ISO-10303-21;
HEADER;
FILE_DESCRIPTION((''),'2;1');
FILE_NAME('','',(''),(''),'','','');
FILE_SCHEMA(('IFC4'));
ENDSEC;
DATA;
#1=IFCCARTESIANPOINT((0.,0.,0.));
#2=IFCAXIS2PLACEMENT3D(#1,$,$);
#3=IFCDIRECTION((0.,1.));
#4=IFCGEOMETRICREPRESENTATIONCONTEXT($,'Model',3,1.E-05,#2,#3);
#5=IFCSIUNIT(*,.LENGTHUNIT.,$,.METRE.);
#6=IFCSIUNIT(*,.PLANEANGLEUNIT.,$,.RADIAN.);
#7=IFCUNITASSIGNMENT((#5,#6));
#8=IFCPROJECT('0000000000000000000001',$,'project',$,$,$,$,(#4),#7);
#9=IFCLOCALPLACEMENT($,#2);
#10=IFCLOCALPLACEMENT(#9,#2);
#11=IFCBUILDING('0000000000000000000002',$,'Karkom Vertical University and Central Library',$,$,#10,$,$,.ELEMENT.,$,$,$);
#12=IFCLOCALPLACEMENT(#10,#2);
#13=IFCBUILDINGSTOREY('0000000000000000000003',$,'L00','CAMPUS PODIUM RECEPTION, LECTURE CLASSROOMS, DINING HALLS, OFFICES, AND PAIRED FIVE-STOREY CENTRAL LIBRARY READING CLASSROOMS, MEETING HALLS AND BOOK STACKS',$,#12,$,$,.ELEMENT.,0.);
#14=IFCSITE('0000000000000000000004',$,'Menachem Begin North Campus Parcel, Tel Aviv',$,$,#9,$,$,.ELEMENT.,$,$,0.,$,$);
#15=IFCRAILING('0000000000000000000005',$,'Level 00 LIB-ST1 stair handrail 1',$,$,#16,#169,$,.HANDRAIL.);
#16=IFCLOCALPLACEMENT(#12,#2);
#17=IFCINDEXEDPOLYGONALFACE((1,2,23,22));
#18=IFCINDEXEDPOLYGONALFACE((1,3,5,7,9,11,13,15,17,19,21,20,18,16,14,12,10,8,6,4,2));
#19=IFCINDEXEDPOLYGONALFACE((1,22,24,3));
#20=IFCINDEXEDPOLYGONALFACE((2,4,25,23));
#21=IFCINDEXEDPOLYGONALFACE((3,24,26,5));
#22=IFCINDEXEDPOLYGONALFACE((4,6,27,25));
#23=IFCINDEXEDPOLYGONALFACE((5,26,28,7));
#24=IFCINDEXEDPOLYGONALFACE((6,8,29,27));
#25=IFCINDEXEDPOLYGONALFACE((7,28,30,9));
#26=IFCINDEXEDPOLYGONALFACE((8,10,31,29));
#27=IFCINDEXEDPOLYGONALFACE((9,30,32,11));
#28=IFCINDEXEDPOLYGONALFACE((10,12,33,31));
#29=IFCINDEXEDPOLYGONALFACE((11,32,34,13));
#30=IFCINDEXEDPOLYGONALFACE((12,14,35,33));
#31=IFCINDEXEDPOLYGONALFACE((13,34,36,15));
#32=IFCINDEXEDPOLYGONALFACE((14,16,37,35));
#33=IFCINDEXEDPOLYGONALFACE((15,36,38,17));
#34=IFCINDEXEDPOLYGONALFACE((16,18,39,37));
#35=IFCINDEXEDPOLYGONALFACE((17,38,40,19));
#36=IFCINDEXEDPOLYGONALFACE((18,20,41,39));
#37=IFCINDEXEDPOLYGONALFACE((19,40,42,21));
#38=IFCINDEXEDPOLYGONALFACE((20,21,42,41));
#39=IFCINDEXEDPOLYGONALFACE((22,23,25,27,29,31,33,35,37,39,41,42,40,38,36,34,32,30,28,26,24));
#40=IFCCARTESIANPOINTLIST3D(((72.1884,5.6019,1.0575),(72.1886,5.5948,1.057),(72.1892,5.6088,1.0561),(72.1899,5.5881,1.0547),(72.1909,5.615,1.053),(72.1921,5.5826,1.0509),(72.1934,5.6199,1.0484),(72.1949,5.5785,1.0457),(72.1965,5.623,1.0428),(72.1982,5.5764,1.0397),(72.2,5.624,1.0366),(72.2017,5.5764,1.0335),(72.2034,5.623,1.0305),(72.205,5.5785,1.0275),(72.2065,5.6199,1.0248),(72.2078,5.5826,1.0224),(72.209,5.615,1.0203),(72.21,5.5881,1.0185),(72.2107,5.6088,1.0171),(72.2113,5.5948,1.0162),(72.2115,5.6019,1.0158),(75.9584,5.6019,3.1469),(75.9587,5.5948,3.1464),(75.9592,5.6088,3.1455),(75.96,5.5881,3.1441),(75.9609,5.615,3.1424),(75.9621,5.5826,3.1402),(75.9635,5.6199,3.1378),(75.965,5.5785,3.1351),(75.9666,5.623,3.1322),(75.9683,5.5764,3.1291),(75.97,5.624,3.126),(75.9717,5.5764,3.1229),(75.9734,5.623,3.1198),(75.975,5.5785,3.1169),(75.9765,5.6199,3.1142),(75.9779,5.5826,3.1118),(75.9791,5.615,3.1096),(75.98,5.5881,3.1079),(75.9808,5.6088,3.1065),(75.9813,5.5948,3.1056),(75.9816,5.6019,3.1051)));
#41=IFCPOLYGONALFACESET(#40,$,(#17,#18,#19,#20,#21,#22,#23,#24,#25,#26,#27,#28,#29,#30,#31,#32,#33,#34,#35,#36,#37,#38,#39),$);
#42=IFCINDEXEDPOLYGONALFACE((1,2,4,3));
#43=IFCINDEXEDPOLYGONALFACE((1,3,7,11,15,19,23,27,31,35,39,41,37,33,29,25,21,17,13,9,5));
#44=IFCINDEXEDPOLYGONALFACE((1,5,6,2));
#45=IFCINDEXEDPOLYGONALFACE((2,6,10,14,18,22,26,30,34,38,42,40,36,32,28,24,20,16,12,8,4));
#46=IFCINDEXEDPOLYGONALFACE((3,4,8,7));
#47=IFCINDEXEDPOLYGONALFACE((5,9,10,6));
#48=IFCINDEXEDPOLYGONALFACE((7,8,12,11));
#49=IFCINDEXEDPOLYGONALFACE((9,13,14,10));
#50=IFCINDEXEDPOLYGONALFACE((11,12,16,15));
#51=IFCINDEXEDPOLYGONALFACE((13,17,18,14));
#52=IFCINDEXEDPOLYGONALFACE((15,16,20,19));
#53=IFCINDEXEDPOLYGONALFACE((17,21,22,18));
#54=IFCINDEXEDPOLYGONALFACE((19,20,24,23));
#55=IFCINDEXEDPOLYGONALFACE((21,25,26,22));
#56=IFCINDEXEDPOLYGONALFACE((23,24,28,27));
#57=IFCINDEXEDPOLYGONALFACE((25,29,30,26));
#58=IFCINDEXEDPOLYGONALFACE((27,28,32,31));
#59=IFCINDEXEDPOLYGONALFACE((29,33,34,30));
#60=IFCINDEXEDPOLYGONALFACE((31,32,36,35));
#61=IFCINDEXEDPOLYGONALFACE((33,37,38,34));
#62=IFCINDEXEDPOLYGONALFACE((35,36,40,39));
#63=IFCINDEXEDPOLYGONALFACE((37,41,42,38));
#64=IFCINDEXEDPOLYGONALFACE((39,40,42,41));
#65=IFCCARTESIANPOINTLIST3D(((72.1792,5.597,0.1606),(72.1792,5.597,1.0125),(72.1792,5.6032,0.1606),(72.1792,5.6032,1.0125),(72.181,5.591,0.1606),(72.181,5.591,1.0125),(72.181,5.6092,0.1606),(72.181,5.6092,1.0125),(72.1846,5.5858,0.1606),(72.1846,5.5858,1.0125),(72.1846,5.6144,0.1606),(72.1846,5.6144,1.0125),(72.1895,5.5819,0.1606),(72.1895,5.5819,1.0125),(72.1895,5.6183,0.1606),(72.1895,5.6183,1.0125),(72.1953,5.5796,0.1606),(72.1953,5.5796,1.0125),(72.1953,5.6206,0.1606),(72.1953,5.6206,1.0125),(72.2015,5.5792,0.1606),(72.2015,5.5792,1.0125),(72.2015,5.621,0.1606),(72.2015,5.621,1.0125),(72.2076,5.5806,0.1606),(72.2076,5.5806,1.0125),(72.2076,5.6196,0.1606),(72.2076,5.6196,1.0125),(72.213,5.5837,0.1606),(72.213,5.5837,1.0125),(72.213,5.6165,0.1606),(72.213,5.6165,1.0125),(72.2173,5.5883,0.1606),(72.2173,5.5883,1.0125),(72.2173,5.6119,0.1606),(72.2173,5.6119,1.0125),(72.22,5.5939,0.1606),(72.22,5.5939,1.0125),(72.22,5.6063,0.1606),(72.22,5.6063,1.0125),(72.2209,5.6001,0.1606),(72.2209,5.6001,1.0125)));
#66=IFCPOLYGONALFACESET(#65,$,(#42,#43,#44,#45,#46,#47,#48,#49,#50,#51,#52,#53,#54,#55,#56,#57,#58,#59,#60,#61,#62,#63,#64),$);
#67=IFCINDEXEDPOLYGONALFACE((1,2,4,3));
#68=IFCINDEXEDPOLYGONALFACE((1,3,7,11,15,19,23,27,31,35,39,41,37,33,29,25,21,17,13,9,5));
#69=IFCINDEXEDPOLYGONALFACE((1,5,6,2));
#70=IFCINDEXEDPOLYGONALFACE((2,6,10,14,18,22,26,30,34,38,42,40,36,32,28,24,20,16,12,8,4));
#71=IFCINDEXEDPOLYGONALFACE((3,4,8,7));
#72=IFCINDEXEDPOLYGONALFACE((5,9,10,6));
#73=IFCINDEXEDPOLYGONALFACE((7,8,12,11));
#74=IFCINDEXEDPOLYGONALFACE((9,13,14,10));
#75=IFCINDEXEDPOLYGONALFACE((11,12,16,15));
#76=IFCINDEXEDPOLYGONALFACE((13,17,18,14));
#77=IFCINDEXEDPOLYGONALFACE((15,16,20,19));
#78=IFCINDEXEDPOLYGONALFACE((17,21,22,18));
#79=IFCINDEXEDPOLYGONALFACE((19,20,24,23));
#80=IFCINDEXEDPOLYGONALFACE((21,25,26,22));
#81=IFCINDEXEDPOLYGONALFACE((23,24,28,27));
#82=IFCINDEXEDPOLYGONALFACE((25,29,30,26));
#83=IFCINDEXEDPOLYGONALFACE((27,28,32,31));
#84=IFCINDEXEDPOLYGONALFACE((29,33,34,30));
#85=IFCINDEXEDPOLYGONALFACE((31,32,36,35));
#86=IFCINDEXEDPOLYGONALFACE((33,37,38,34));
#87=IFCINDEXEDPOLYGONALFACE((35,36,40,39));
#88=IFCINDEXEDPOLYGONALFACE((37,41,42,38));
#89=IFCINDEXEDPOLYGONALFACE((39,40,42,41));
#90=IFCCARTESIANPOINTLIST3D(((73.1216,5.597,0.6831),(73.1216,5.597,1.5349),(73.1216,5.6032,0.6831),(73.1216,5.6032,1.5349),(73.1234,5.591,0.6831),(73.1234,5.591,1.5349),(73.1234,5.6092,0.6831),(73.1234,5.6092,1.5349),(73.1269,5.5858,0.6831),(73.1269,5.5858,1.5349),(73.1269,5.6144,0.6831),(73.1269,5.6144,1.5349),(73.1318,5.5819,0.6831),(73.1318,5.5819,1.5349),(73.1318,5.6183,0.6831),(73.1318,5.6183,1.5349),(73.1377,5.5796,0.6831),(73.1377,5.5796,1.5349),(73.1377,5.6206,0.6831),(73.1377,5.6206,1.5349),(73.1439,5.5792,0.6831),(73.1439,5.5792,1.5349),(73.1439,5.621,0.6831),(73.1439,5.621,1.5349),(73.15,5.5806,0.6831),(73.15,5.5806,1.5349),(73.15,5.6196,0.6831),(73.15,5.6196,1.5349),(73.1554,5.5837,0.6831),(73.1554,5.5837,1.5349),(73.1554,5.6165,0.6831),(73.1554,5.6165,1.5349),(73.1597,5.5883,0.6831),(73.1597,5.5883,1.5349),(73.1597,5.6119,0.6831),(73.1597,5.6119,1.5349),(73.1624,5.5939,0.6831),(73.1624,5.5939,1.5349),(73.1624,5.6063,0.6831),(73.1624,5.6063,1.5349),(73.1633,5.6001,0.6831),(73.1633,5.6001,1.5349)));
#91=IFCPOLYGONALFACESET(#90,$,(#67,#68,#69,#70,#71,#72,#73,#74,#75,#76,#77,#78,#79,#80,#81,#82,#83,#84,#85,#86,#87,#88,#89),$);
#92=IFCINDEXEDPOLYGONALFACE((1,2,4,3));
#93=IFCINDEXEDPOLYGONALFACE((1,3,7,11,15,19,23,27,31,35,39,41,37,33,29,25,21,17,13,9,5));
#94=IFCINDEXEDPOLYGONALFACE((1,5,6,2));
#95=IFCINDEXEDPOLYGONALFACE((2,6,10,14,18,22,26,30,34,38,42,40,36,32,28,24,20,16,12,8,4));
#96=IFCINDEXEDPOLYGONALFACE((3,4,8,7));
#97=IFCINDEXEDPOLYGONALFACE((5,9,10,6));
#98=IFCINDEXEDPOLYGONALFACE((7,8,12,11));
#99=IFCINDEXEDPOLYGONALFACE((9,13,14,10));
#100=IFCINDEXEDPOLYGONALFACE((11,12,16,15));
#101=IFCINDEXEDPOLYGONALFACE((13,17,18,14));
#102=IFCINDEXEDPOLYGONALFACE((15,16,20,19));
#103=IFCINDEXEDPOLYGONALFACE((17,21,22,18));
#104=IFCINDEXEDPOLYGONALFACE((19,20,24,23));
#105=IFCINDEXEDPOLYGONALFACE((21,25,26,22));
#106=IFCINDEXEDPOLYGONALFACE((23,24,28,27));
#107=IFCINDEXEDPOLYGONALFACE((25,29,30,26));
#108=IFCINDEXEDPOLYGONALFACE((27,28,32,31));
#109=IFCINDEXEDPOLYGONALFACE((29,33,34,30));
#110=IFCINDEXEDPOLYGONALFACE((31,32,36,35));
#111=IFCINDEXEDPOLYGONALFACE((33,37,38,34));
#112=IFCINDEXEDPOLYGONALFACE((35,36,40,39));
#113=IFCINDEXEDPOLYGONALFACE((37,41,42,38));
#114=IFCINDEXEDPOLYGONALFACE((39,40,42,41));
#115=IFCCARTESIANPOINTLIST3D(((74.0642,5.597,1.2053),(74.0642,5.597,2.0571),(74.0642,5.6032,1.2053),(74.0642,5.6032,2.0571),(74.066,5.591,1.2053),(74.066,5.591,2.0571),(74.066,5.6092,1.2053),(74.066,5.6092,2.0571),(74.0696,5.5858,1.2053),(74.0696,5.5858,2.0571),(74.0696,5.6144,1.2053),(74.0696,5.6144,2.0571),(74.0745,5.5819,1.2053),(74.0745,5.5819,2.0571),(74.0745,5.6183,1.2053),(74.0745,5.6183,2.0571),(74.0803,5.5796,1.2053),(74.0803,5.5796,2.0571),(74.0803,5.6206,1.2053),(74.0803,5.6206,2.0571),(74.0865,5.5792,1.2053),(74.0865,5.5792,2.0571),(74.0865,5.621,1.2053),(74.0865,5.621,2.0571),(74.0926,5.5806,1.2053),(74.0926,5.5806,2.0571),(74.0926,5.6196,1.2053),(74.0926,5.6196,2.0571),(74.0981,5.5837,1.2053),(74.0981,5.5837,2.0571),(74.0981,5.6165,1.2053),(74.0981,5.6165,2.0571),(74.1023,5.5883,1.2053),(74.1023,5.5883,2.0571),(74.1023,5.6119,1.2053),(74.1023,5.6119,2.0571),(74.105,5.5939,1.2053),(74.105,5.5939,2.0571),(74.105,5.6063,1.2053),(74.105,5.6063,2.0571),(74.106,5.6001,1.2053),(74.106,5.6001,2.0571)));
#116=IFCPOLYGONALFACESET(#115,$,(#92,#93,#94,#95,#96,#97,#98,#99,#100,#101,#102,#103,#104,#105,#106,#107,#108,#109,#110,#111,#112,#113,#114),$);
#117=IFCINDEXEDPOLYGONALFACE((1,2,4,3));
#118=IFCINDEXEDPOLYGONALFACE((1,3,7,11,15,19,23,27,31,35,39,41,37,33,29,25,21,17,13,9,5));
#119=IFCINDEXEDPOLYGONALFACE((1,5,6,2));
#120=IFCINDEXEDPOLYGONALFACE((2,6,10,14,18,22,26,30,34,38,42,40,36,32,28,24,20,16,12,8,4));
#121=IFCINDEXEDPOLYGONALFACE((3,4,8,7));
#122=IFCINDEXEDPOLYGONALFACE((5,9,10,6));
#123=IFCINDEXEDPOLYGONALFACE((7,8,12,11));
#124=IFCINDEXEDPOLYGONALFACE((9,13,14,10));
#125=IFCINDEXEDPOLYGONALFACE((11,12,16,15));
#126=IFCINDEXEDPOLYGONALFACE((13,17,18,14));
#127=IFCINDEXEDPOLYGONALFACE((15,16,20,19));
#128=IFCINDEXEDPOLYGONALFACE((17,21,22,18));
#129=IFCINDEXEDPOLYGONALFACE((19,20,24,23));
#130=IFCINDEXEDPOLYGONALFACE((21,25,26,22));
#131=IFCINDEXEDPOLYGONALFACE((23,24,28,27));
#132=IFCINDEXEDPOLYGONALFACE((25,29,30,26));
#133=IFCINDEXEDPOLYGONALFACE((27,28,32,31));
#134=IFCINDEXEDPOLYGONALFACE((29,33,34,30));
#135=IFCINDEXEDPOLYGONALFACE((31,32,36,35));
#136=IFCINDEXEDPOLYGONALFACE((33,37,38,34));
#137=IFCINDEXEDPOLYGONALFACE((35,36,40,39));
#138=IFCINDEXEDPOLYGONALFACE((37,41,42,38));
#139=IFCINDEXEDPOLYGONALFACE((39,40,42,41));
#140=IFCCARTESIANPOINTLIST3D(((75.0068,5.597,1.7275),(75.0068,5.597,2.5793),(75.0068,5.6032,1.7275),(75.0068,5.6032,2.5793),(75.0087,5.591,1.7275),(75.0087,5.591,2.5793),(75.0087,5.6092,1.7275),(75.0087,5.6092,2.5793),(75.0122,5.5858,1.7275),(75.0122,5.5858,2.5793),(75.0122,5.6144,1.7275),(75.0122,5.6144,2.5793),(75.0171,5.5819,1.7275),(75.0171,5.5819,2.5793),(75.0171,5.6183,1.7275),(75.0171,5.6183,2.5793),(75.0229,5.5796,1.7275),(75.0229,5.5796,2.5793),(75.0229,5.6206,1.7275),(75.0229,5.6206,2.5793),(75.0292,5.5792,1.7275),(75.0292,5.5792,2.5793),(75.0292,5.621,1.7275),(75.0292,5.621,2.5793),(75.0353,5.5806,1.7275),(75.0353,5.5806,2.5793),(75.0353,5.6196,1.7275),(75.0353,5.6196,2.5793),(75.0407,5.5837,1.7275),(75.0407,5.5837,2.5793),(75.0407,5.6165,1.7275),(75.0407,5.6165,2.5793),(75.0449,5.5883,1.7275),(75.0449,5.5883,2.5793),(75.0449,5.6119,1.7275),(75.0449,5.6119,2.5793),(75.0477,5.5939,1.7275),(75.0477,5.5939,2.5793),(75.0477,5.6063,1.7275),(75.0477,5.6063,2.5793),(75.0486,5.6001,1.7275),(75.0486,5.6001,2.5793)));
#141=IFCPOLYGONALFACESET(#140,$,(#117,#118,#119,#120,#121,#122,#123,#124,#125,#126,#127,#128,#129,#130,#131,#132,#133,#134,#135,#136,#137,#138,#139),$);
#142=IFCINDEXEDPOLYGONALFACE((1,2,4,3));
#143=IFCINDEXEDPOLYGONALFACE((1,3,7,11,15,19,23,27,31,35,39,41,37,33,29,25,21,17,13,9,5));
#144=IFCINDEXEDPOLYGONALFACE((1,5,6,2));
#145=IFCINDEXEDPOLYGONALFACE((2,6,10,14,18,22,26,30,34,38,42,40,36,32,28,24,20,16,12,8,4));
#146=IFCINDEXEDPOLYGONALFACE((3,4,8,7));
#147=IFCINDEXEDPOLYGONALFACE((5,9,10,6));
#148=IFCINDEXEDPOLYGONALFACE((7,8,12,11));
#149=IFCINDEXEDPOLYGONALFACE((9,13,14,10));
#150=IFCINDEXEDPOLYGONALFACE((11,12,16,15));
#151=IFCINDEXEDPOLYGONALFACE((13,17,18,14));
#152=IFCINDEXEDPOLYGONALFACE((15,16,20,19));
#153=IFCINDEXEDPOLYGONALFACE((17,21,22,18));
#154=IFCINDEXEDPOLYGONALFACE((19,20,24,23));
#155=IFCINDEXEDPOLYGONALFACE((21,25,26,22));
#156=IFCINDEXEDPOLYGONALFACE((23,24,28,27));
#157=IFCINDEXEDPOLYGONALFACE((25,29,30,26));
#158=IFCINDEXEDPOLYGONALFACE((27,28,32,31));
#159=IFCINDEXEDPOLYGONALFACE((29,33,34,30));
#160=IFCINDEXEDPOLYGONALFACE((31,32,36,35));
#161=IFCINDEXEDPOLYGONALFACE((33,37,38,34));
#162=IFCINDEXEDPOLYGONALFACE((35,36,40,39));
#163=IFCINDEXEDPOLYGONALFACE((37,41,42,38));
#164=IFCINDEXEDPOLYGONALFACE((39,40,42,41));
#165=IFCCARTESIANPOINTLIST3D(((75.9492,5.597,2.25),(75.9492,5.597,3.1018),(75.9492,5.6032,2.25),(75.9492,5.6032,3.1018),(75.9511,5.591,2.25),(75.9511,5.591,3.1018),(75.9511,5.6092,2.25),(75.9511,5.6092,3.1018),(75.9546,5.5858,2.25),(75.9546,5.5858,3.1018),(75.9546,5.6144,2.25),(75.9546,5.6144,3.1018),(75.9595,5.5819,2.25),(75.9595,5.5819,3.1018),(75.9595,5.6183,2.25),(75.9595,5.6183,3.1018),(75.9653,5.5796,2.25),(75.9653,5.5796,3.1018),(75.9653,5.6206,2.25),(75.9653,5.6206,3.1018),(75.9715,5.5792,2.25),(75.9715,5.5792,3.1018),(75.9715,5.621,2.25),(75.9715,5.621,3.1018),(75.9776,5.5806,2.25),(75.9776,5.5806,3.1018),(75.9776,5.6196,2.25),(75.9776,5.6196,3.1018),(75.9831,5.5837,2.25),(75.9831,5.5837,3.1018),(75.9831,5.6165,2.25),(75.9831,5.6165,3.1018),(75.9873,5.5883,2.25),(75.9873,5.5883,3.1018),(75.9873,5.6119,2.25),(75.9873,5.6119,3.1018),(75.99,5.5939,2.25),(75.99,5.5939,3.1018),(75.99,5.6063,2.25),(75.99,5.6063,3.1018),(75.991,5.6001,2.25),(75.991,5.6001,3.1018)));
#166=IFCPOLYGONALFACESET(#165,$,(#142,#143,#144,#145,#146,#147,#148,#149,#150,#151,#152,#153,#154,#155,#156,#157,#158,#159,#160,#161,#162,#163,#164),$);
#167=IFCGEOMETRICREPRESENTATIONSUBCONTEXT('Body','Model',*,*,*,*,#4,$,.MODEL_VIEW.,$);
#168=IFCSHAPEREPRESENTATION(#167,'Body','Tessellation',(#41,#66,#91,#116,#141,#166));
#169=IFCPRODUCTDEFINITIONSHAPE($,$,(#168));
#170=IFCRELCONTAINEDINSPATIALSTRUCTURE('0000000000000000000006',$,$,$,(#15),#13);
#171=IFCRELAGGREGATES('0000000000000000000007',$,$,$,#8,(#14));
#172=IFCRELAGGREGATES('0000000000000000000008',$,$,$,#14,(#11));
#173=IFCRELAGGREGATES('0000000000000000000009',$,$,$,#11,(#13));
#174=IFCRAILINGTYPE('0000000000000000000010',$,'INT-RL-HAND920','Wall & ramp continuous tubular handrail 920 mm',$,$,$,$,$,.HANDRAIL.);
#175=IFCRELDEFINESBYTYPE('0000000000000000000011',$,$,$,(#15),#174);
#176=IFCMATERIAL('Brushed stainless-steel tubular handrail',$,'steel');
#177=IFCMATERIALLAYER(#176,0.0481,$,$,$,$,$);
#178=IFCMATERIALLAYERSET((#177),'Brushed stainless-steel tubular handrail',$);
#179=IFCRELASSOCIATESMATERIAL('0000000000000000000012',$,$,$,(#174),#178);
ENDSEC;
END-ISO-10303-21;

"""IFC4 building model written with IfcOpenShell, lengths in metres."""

from ifc_helpers import new_model, si_unit, direction, frame, origin, origin_2d, place, context, subcontext, project, spatial, circle, extrude, material, layer, layer_set, type_object, element, save


model = new_model("IFC4")

# Units and contexts
model_context = context("Model", 3, precision=1e-05, world=origin(), true_north=direction((0.0, 1.0)))
body_context = subcontext(model_context, "Body", "Model", "MODEL_VIEW")
ifc_project = project(units=[si_unit("LENGTHUNIT", "METRE"), si_unit("PLANEANGLEUNIT", "RADIAN")], contexts=[model_context])

# Site, building, storey
site_placement = place(None, origin())
site = spatial("IfcSite", under=ifc_project, at=site_placement, Name="Menachem Begin North Campus Parcel, Tel Aviv", CompositionType="ELEMENT", RefElevation=0.0)
building_placement = place(site_placement, origin())
building = spatial("IfcBuilding", under=site, at=building_placement, Name="Karkom Vertical University and Central Library", CompositionType="ELEMENT")
storey_placement = place(building_placement, origin())
storey = spatial("IfcBuildingStorey", under=building, at=storey_placement, Name="L00", Description="CAMPUS PODIUM RECEPTION, LECTURE CLASSROOMS, DINING HALLS, OFFICES, AND PAIRED FIVE-STOREY CENTRAL LIBRARY READING CLASSROOMS, MEETING HALLS AND BOOK STACKS", CompositionType="ELEMENT", Elevation=0.0)

# Railing
ifc_material_1 = material(Name="Brushed stainless-steel tubular handrail", Category="steel")
ifc_layer_1 = layer(ifc_material_1, 0.0481)
ifc_layer_set_1 = layer_set([ifc_layer_1], Name="Brushed stainless-steel tubular handrail")
railing_type_1 = type_object("IfcRailingType", Name="INT-RL-HAND920", Description="Wall & ramp continuous tubular handrail 920 mm", PredefinedType="HANDRAIL", material=ifc_layer_set_1)
railing_1_placement = place(storey_placement, frame((72.2, 5.6001, 0.1606)))
element("IfcRailing", 1, at=railing_1_placement, inside=storey, type_object=railing_type_1, Name="Level 00 LIB-ST1 stair handrail 1", PredefinedType="HANDRAIL", context=body_context, shape_type="SweptSolid", body=[
    extrude(circle(Radius=0.0239, at=origin_2d()), frame((0.0, 0.0, 0.876), z_axis=(0.874659, 0.0, 0.484739), x_axis=(0.0, 1.0, 0.0)), (0.0, 0.0, 1.0), 4.3103),
    extrude(circle(Radius=0.021, at=origin_2d()), origin(), (0.0, 0.0, 1.0), 0.8518),
    extrude(circle(Radius=0.021, at=origin_2d()), frame((0.9424, 0.0, 0.5225)), (0.0, 0.0, 1.0), 0.8518),
    extrude(circle(Radius=0.021, at=origin_2d()), frame((1.885, 0.0, 1.0447)), (0.0, 0.0, 1.0), 0.8518),
    extrude(circle(Radius=0.021, at=origin_2d()), frame((2.8276, 0.0, 1.5669)), (0.0, 0.0, 1.0), 0.8518),
    extrude(circle(Radius=0.021, at=origin_2d()), frame((3.77, 0.0, 2.0894)), (0.0, 0.0, 1.0), 0.8518),
])

save(model, "model.ifc")
